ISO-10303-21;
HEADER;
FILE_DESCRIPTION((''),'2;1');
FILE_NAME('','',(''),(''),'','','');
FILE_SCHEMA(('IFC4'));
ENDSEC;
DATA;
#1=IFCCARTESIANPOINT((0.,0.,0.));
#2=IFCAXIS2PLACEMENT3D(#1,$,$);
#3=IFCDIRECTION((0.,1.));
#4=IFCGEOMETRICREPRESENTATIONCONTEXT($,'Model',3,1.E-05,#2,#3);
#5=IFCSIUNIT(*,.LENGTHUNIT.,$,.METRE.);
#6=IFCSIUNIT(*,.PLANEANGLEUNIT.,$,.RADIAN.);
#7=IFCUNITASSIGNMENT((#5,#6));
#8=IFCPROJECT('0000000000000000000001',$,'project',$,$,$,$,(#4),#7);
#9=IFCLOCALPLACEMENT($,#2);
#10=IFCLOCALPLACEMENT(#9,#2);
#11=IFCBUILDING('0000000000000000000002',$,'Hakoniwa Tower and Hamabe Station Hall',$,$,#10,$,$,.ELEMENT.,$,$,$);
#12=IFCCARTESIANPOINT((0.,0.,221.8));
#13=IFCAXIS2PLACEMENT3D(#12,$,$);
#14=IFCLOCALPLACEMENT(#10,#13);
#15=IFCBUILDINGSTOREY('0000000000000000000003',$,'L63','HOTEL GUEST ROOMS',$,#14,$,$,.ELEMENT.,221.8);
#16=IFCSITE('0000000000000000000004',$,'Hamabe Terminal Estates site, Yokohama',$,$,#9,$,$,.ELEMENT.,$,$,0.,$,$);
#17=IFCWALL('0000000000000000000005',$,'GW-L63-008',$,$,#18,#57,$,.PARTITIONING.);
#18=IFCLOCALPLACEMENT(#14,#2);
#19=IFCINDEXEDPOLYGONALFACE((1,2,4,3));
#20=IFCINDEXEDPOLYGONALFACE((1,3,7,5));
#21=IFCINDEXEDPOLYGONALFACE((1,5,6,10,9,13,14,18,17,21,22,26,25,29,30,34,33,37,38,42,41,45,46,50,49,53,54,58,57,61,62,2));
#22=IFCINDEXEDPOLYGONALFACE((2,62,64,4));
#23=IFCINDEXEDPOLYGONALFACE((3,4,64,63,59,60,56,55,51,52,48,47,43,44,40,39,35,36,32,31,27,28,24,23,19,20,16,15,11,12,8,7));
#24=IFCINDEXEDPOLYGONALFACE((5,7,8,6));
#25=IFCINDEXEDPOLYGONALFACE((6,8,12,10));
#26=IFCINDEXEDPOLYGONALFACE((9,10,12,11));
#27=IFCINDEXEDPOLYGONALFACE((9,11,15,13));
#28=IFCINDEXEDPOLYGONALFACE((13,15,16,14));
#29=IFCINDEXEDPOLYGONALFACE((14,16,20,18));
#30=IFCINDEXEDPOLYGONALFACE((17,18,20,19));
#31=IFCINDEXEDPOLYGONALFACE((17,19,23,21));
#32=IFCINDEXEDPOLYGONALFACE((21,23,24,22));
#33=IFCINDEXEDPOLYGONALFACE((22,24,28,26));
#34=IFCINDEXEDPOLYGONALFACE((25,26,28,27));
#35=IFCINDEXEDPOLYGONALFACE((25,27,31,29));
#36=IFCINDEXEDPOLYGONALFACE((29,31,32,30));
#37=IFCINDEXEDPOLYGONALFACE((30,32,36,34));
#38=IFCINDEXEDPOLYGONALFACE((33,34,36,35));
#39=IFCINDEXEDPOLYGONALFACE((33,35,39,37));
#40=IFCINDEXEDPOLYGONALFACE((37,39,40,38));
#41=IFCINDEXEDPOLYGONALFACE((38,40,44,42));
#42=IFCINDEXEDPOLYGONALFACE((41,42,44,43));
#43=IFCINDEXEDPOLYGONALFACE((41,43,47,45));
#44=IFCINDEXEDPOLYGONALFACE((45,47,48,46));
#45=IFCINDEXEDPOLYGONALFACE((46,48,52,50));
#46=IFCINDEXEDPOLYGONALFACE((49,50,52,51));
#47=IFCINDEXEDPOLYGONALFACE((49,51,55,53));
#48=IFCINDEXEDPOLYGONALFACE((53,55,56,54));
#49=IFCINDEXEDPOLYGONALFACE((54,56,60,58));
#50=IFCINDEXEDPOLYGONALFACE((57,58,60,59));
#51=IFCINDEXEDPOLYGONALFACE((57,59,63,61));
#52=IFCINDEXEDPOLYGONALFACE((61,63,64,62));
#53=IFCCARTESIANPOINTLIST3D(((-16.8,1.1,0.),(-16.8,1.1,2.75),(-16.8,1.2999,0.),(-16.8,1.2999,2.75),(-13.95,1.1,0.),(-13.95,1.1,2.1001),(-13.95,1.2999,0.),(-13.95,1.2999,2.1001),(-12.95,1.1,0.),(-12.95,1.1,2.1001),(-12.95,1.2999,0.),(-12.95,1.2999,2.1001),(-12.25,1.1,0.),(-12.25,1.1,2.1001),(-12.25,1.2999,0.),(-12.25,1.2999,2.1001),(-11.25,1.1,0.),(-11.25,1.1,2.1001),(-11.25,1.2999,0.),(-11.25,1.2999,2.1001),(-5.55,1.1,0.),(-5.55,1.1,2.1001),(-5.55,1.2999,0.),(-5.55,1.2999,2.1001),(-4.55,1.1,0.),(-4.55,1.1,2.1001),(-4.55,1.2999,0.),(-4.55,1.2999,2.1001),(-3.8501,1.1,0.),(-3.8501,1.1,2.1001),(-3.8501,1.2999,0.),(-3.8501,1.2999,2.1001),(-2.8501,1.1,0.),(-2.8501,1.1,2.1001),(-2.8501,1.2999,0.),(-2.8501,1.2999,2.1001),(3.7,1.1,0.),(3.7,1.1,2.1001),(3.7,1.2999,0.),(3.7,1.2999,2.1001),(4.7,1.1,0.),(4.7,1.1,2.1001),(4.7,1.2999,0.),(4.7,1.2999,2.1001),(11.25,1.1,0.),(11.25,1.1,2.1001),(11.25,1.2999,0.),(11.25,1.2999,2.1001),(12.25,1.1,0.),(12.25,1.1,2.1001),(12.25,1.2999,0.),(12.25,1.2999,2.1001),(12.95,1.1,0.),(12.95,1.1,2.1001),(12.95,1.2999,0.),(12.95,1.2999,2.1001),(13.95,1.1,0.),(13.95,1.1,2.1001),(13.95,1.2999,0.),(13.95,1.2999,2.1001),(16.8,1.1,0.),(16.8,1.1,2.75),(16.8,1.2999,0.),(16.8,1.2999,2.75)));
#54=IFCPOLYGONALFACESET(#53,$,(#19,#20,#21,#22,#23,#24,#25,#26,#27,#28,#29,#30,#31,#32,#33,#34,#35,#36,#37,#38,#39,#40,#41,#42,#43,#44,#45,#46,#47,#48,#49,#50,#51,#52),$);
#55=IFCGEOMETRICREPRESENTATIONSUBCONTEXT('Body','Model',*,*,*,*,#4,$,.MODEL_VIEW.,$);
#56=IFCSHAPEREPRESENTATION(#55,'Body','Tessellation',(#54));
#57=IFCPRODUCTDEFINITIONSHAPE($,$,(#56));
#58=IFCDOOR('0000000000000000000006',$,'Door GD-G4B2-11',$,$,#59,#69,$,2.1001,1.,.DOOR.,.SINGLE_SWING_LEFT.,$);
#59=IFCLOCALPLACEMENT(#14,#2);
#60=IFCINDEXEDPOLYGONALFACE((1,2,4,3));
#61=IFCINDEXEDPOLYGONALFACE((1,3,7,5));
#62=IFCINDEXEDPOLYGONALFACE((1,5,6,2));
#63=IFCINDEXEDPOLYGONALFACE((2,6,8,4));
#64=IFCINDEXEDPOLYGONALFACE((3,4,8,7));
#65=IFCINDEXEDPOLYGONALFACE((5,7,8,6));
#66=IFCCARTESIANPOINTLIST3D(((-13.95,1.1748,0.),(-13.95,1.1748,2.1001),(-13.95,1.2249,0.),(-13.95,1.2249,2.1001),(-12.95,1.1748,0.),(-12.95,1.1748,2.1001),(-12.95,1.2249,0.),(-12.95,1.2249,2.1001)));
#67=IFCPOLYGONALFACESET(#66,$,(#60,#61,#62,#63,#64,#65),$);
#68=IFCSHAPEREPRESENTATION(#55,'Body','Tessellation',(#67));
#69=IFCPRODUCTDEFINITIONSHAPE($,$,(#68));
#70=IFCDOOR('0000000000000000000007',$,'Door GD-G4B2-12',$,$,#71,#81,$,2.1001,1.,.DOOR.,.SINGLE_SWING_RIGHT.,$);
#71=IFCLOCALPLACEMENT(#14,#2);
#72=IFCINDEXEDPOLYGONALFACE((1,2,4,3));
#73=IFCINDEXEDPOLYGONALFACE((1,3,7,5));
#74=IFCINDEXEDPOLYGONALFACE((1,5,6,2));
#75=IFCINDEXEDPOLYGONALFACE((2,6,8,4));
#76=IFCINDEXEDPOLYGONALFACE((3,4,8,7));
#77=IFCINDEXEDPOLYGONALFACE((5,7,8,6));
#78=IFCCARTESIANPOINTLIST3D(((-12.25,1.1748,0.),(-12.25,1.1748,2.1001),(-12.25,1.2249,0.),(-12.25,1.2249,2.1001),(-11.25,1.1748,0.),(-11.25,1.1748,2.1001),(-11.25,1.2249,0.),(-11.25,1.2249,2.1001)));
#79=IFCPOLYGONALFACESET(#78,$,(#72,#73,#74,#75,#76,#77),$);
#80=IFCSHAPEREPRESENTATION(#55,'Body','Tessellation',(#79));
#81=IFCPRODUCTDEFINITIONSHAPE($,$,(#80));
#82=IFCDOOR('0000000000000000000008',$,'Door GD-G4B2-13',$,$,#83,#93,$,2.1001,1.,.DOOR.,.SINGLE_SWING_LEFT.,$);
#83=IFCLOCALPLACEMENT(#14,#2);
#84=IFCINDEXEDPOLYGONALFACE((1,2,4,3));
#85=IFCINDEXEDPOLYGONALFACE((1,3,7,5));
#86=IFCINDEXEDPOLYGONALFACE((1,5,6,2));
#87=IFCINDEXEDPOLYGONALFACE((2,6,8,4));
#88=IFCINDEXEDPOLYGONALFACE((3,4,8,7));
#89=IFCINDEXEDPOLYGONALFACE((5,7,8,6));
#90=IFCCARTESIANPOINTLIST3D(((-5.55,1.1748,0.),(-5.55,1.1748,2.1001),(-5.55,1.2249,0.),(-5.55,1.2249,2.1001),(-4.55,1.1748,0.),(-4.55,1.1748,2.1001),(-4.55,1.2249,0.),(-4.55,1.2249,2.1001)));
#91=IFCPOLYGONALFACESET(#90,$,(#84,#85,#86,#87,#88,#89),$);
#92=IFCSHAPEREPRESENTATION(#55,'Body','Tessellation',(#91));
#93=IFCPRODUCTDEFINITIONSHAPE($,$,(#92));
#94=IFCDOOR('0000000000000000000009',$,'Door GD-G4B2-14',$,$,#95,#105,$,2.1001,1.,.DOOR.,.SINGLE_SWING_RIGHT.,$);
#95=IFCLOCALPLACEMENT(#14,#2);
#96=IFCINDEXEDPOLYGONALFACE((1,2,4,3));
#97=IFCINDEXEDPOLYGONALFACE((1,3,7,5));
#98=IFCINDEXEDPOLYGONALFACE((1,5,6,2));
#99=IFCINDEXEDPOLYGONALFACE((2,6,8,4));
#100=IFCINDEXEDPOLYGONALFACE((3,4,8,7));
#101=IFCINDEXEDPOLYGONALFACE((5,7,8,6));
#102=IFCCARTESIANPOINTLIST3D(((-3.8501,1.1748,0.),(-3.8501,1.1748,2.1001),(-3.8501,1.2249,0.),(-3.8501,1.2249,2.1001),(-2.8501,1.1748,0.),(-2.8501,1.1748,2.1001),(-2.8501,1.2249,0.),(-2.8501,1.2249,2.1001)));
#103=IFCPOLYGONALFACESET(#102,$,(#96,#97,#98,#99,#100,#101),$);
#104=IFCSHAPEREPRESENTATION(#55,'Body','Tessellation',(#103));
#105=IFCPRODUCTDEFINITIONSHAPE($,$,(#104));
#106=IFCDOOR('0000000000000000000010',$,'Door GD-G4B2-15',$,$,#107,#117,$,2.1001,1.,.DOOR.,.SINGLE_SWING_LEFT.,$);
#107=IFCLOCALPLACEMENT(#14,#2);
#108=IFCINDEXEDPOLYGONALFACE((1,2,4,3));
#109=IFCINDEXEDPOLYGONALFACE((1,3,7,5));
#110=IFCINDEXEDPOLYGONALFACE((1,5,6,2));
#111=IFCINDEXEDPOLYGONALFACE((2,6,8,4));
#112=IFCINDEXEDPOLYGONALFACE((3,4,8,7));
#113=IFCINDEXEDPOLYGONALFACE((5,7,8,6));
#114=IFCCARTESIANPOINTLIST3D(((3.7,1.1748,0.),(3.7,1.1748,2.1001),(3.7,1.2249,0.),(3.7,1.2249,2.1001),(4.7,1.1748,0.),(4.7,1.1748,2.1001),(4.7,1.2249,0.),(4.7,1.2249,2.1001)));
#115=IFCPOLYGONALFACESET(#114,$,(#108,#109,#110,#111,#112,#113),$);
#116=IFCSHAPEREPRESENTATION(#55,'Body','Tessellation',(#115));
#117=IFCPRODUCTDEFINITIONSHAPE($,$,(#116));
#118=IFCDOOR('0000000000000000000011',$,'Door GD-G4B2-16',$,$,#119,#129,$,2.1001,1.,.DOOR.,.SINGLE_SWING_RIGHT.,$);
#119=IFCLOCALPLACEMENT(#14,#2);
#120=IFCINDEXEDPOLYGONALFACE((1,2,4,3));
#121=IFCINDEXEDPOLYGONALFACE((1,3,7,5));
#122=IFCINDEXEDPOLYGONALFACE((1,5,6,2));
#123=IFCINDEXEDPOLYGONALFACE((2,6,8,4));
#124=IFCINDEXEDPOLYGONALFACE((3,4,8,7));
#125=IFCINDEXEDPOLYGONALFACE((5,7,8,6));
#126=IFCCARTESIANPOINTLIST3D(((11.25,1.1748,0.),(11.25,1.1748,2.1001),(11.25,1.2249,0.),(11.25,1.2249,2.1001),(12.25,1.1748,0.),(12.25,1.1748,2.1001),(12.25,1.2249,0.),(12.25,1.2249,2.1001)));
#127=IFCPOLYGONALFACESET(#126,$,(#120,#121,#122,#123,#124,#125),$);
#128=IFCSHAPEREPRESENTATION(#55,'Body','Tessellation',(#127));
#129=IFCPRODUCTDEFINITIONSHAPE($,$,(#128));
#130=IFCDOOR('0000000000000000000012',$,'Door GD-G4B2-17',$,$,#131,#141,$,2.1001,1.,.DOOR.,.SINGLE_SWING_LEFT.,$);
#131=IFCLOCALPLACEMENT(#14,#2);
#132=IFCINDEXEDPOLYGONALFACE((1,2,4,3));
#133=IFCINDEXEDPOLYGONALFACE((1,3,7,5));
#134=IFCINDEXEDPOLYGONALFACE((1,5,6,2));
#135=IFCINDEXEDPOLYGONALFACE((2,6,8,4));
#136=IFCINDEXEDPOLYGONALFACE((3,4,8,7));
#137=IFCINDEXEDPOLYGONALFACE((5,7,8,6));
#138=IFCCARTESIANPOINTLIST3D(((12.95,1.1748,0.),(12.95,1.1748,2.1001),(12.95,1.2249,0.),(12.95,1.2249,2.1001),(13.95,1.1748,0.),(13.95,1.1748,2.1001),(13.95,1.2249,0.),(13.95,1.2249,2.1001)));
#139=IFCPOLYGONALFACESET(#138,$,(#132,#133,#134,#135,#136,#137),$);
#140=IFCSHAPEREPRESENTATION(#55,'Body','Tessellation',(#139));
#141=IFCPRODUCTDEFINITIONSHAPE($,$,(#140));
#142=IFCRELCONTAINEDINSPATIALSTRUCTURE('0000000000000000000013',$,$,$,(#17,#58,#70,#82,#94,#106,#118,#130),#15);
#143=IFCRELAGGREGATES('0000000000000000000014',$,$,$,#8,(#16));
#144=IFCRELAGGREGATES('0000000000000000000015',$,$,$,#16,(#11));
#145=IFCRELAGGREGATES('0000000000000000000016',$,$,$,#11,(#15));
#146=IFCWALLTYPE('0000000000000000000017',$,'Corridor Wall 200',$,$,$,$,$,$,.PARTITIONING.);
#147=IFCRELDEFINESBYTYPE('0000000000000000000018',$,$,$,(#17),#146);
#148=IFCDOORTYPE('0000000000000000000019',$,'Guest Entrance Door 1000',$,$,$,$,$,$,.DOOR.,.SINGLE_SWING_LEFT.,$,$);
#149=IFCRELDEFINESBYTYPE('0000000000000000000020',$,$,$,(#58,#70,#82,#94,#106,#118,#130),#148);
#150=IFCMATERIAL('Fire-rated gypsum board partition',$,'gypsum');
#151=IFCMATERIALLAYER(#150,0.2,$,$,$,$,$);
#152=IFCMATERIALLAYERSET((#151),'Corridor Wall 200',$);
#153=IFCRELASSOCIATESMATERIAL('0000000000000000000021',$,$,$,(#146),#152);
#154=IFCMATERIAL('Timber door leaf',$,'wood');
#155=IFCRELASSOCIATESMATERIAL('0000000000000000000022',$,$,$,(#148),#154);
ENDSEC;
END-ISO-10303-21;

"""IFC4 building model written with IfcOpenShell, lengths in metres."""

from ifc_helpers import new_model, si_unit, direction, frame, frame_2d, origin, place, context, subcontext, project, spatial, rectangle, extrude, material, layer, layer_set, type_object, element, fill, save


model = new_model("IFC4")

# Units and contexts
model_context = context("Model", 3, precision=1e-05, world=origin(), true_north=direction((0.0, 1.0)))
body_context = subcontext(model_context, "Body", "Model", "MODEL_VIEW")
ifc_project = project(units=[si_unit("LENGTHUNIT", "METRE"), si_unit("PLANEANGLEUNIT", "RADIAN")], contexts=[model_context])

# Site, building, storey
site_placement = place(None, origin())
site = spatial("IfcSite", under=ifc_project, at=site_placement, Name="Hamabe Terminal Estates site, Yokohama", CompositionType="ELEMENT", RefElevation=0.0)
building_placement = place(site_placement, origin())
building = spatial("IfcBuilding", under=site, at=building_placement, Name="Hakoniwa Tower and Hamabe Station Hall", CompositionType="ELEMENT")
storey_placement = place(building_placement, frame((0.0, 0.0, 221.8)))
storey = spatial("IfcBuildingStorey", under=building, at=storey_placement, Name="L63", Description="HOTEL GUEST ROOMS", CompositionType="ELEMENT", Elevation=221.8)

# Wall, openings, doors
ifc_material_1 = material(Name="Fire-rated gypsum board partition", Category="gypsum")
ifc_layer_1 = layer(ifc_material_1, 0.2)
ifc_layer_set_1 = layer_set([ifc_layer_1], Name="Corridor Wall 200")
wall_type_1 = type_object("IfcWallType", Name="Corridor Wall 200", PredefinedType="PARTITIONING", material=ifc_layer_set_1)
wall_1_placement = place(storey_placement, frame((-16.8, 1.2, 0.0), z_axis=(0.0, 0.0, 1.0), x_axis=(1.0, 0.0, 0.0)))
wall_1 = element("IfcWall", 1, at=wall_1_placement, inside=storey, type_object=wall_type_1, Name="GW-L63-008", PredefinedType="PARTITIONING", context=body_context, shape_type="SweptSolid", body=[
    extrude(rectangle(XDim=33.6001, YDim=0.2, at=frame_2d((16.8, 0.0))), origin(), (0.0, 0.0, 1.0), 2.75),
])
opening_1_placement = place(wall_1_placement, frame((2.8501, 0.0, 0.0)))
opening_1 = element("IfcOpeningElement", 2, at=opening_1_placement, cuts=wall_1, PredefinedType="OPENING", context=body_context, shape_type="SweptSolid", body=[
    extrude(rectangle(XDim=1.0, YDim=2.1001, at=frame_2d((0.5, 1.05))), frame((0.0, 0.1099, 0.0), z_axis=(0.0, -1.0, 0.0), x_axis=(1.0, 0.0, 0.0)), (0.0, 0.0, 1.0), 0.22),
])
opening_2_placement = place(wall_1_placement, frame((4.55, 0.0, 0.0)))
opening_2 = element("IfcOpeningElement", 3, at=opening_2_placement, cuts=wall_1, PredefinedType="OPENING", context=body_context, shape_type="SweptSolid", body=[
    extrude(rectangle(XDim=1.0, YDim=2.1001, at=frame_2d((0.5, 1.05))), frame((0.0, 0.1099, 0.0), z_axis=(0.0, -1.0, 0.0), x_axis=(1.0, 0.0, 0.0)), (0.0, 0.0, 1.0), 0.22),
])
opening_3_placement = place(wall_1_placement, frame((11.25, 0.0, 0.0)))
opening_3 = element("IfcOpeningElement", 4, at=opening_3_placement, cuts=wall_1, PredefinedType="OPENING", context=body_context, shape_type="SweptSolid", body=[
    extrude(rectangle(XDim=1.0, YDim=2.1001, at=frame_2d((0.5, 1.05))), frame((0.0, 0.1099, 0.0), z_axis=(0.0, -1.0, 0.0), x_axis=(1.0, 0.0, 0.0)), (0.0, 0.0, 1.0), 0.22),
])
opening_4_placement = place(wall_1_placement, frame((12.95, 0.0, 0.0)))
opening_4 = element("IfcOpeningElement", 5, at=opening_4_placement, cuts=wall_1, PredefinedType="OPENING", context=body_context, shape_type="SweptSolid", body=[
    extrude(rectangle(XDim=1.0, YDim=2.1001, at=frame_2d((0.5, 1.05))), frame((0.0, 0.1099, 0.0), z_axis=(0.0, -1.0, 0.0), x_axis=(1.0, 0.0, 0.0)), (0.0, 0.0, 1.0), 0.22),
])
opening_5_placement = place(wall_1_placement, frame((20.5, 0.0, 0.0)))
opening_5 = element("IfcOpeningElement", 6, at=opening_5_placement, cuts=wall_1, PredefinedType="OPENING", context=body_context, shape_type="SweptSolid", body=[
    extrude(rectangle(XDim=1.0, YDim=2.1001, at=frame_2d((0.5, 1.05))), frame((0.0, 0.1099, 0.0), z_axis=(0.0, -1.0, 0.0), x_axis=(1.0, 0.0, 0.0)), (0.0, 0.0, 1.0), 0.22),
])
opening_6_placement = place(wall_1_placement, frame((28.05, 0.0, 0.0)))
opening_6 = element("IfcOpeningElement", 7, at=opening_6_placement, cuts=wall_1, PredefinedType="OPENING", context=body_context, shape_type="SweptSolid", body=[
    extrude(rectangle(XDim=1.0, YDim=2.1001, at=frame_2d((0.5, 1.05))), frame((0.0, 0.1099, 0.0), z_axis=(0.0, -1.0, 0.0), x_axis=(1.0, 0.0, 0.0)), (0.0, 0.0, 1.0), 0.22),
])
opening_7_placement = place(wall_1_placement, frame((29.75, 0.0, 0.0)))
opening_7 = element("IfcOpeningElement", 8, at=opening_7_placement, cuts=wall_1, PredefinedType="OPENING", context=body_context, shape_type="SweptSolid", body=[
    extrude(rectangle(XDim=1.0, YDim=2.1001, at=frame_2d((0.5, 1.05))), frame((0.0, 0.1099, 0.0), z_axis=(0.0, -1.0, 0.0), x_axis=(1.0, 0.0, 0.0)), (0.0, 0.0, 1.0), 0.22),
])
ifc_material_2 = material(Name="Timber door leaf", Category="wood")
door_type_1 = type_object("IfcDoorType", Name="Guest Entrance Door 1000", OperationType="SINGLE_SWING_LEFT", PredefinedType="DOOR", material=ifc_material_2)
door_1_placement = place(opening_1_placement, origin())
door_1 = element("IfcDoor", 9, at=door_1_placement, inside=storey, type_object=door_type_1, Name="Door GD-G4B2-11", OperationType="SINGLE_SWING_LEFT", OverallHeight=2.1001, OverallWidth=1.0, PredefinedType="DOOR", context=body_context, shape_type="SweptSolid", body=[
    extrude(rectangle(XDim=1.0, YDim=2.1001, at=frame_2d((0.5, 1.05))), frame((0.0, 0.0249, 0.0), z_axis=(0.0, -1.0, 0.0), x_axis=(1.0, 0.0, 0.0)), (0.0, 0.0, 1.0), 0.05),
])
fill(opening_1, door_1)
door_2_placement = place(opening_2_placement, origin())
door_2 = element("IfcDoor", 10, at=door_2_placement, inside=storey, type_object=door_type_1, Name="Door GD-G4B2-12", OperationType="SINGLE_SWING_RIGHT", OverallHeight=2.1001, OverallWidth=1.0, PredefinedType="DOOR", context=body_context, shape_type="SweptSolid", body=[
    extrude(rectangle(XDim=1.0, YDim=2.1001, at=frame_2d((0.5, 1.05))), frame((0.0, 0.0249, 0.0), z_axis=(0.0, -1.0, 0.0), x_axis=(1.0, 0.0, 0.0)), (0.0, 0.0, 1.0), 0.05),
])
fill(opening_2, door_2)
door_3_placement = place(opening_3_placement, origin())
door_3 = element("IfcDoor", 11, at=door_3_placement, inside=storey, type_object=door_type_1, Name="Door GD-G4B2-13", OperationType="SINGLE_SWING_LEFT", OverallHeight=2.1001, OverallWidth=1.0, PredefinedType="DOOR", context=body_context, shape_type="SweptSolid", body=[
    extrude(rectangle(XDim=1.0, YDim=2.1001, at=frame_2d((0.5, 1.05))), frame((0.0, 0.0249, 0.0), z_axis=(0.0, -1.0, 0.0), x_axis=(1.0, 0.0, 0.0)), (0.0, 0.0, 1.0), 0.05),
])
fill(opening_3, door_3)
door_4_placement = place(opening_4_placement, origin())
door_4 = element("IfcDoor", 12, at=door_4_placement, inside=storey, type_object=door_type_1, Name="Door GD-G4B2-14", OperationType="SINGLE_SWING_RIGHT", OverallHeight=2.1001, OverallWidth=1.0, PredefinedType="DOOR", context=body_context, shape_type="SweptSolid", body=[
    extrude(rectangle(XDim=1.0, YDim=2.1001, at=frame_2d((0.5, 1.05))), frame((0.0, 0.0249, 0.0), z_axis=(0.0, -1.0, 0.0), x_axis=(1.0, 0.0, 0.0)), (0.0, 0.0, 1.0), 0.05),
])
fill(opening_4, door_4)
door_5_placement = place(opening_5_placement, origin())
door_5 = element("IfcDoor", 13, at=door_5_placement, inside=storey, type_object=door_type_1, Name="Door GD-G4B2-15", OperationType="SINGLE_SWING_LEFT", OverallHeight=2.1001, OverallWidth=1.0, PredefinedType="DOOR", context=body_context, shape_type="SweptSolid", body=[
    extrude(rectangle(XDim=1.0, YDim=2.1001, at=frame_2d((0.5, 1.05))), frame((0.0, 0.0249, 0.0), z_axis=(0.0, -1.0, 0.0), x_axis=(1.0, 0.0, 0.0)), (0.0, 0.0, 1.0), 0.05),
])
fill(opening_5, door_5)
door_6_placement = place(opening_6_placement, origin())
door_6 = element("IfcDoor", 14, at=door_6_placement, inside=storey, type_object=door_type_1, Name="Door GD-G4B2-16", OperationType="SINGLE_SWING_RIGHT", OverallHeight=2.1001, OverallWidth=1.0, PredefinedType="DOOR", context=body_context, shape_type="SweptSolid", body=[
    extrude(rectangle(XDim=1.0, YDim=2.1001, at=frame_2d((0.5, 1.05))), frame((0.0, 0.0249, 0.0), z_axis=(0.0, -1.0, 0.0), x_axis=(1.0, 0.0, 0.0)), (0.0, 0.0, 1.0), 0.05),
])
fill(opening_6, door_6)
door_7_placement = place(opening_7_placement, origin())
door_7 = element("IfcDoor", 15, at=door_7_placement, inside=storey, type_object=door_type_1, Name="Door GD-G4B2-17", OperationType="SINGLE_SWING_LEFT", OverallHeight=2.1001, OverallWidth=1.0, PredefinedType="DOOR", context=body_context, shape_type="SweptSolid", body=[
    extrude(rectangle(XDim=1.0, YDim=2.1001, at=frame_2d((0.5, 1.05))), frame((0.0, 0.0249, 0.0), z_axis=(0.0, -1.0, 0.0), x_axis=(1.0, 0.0, 0.0)), (0.0, 0.0, 1.0), 0.05),
])
fill(opening_7, door_7)

save(model, "model.ifc")
